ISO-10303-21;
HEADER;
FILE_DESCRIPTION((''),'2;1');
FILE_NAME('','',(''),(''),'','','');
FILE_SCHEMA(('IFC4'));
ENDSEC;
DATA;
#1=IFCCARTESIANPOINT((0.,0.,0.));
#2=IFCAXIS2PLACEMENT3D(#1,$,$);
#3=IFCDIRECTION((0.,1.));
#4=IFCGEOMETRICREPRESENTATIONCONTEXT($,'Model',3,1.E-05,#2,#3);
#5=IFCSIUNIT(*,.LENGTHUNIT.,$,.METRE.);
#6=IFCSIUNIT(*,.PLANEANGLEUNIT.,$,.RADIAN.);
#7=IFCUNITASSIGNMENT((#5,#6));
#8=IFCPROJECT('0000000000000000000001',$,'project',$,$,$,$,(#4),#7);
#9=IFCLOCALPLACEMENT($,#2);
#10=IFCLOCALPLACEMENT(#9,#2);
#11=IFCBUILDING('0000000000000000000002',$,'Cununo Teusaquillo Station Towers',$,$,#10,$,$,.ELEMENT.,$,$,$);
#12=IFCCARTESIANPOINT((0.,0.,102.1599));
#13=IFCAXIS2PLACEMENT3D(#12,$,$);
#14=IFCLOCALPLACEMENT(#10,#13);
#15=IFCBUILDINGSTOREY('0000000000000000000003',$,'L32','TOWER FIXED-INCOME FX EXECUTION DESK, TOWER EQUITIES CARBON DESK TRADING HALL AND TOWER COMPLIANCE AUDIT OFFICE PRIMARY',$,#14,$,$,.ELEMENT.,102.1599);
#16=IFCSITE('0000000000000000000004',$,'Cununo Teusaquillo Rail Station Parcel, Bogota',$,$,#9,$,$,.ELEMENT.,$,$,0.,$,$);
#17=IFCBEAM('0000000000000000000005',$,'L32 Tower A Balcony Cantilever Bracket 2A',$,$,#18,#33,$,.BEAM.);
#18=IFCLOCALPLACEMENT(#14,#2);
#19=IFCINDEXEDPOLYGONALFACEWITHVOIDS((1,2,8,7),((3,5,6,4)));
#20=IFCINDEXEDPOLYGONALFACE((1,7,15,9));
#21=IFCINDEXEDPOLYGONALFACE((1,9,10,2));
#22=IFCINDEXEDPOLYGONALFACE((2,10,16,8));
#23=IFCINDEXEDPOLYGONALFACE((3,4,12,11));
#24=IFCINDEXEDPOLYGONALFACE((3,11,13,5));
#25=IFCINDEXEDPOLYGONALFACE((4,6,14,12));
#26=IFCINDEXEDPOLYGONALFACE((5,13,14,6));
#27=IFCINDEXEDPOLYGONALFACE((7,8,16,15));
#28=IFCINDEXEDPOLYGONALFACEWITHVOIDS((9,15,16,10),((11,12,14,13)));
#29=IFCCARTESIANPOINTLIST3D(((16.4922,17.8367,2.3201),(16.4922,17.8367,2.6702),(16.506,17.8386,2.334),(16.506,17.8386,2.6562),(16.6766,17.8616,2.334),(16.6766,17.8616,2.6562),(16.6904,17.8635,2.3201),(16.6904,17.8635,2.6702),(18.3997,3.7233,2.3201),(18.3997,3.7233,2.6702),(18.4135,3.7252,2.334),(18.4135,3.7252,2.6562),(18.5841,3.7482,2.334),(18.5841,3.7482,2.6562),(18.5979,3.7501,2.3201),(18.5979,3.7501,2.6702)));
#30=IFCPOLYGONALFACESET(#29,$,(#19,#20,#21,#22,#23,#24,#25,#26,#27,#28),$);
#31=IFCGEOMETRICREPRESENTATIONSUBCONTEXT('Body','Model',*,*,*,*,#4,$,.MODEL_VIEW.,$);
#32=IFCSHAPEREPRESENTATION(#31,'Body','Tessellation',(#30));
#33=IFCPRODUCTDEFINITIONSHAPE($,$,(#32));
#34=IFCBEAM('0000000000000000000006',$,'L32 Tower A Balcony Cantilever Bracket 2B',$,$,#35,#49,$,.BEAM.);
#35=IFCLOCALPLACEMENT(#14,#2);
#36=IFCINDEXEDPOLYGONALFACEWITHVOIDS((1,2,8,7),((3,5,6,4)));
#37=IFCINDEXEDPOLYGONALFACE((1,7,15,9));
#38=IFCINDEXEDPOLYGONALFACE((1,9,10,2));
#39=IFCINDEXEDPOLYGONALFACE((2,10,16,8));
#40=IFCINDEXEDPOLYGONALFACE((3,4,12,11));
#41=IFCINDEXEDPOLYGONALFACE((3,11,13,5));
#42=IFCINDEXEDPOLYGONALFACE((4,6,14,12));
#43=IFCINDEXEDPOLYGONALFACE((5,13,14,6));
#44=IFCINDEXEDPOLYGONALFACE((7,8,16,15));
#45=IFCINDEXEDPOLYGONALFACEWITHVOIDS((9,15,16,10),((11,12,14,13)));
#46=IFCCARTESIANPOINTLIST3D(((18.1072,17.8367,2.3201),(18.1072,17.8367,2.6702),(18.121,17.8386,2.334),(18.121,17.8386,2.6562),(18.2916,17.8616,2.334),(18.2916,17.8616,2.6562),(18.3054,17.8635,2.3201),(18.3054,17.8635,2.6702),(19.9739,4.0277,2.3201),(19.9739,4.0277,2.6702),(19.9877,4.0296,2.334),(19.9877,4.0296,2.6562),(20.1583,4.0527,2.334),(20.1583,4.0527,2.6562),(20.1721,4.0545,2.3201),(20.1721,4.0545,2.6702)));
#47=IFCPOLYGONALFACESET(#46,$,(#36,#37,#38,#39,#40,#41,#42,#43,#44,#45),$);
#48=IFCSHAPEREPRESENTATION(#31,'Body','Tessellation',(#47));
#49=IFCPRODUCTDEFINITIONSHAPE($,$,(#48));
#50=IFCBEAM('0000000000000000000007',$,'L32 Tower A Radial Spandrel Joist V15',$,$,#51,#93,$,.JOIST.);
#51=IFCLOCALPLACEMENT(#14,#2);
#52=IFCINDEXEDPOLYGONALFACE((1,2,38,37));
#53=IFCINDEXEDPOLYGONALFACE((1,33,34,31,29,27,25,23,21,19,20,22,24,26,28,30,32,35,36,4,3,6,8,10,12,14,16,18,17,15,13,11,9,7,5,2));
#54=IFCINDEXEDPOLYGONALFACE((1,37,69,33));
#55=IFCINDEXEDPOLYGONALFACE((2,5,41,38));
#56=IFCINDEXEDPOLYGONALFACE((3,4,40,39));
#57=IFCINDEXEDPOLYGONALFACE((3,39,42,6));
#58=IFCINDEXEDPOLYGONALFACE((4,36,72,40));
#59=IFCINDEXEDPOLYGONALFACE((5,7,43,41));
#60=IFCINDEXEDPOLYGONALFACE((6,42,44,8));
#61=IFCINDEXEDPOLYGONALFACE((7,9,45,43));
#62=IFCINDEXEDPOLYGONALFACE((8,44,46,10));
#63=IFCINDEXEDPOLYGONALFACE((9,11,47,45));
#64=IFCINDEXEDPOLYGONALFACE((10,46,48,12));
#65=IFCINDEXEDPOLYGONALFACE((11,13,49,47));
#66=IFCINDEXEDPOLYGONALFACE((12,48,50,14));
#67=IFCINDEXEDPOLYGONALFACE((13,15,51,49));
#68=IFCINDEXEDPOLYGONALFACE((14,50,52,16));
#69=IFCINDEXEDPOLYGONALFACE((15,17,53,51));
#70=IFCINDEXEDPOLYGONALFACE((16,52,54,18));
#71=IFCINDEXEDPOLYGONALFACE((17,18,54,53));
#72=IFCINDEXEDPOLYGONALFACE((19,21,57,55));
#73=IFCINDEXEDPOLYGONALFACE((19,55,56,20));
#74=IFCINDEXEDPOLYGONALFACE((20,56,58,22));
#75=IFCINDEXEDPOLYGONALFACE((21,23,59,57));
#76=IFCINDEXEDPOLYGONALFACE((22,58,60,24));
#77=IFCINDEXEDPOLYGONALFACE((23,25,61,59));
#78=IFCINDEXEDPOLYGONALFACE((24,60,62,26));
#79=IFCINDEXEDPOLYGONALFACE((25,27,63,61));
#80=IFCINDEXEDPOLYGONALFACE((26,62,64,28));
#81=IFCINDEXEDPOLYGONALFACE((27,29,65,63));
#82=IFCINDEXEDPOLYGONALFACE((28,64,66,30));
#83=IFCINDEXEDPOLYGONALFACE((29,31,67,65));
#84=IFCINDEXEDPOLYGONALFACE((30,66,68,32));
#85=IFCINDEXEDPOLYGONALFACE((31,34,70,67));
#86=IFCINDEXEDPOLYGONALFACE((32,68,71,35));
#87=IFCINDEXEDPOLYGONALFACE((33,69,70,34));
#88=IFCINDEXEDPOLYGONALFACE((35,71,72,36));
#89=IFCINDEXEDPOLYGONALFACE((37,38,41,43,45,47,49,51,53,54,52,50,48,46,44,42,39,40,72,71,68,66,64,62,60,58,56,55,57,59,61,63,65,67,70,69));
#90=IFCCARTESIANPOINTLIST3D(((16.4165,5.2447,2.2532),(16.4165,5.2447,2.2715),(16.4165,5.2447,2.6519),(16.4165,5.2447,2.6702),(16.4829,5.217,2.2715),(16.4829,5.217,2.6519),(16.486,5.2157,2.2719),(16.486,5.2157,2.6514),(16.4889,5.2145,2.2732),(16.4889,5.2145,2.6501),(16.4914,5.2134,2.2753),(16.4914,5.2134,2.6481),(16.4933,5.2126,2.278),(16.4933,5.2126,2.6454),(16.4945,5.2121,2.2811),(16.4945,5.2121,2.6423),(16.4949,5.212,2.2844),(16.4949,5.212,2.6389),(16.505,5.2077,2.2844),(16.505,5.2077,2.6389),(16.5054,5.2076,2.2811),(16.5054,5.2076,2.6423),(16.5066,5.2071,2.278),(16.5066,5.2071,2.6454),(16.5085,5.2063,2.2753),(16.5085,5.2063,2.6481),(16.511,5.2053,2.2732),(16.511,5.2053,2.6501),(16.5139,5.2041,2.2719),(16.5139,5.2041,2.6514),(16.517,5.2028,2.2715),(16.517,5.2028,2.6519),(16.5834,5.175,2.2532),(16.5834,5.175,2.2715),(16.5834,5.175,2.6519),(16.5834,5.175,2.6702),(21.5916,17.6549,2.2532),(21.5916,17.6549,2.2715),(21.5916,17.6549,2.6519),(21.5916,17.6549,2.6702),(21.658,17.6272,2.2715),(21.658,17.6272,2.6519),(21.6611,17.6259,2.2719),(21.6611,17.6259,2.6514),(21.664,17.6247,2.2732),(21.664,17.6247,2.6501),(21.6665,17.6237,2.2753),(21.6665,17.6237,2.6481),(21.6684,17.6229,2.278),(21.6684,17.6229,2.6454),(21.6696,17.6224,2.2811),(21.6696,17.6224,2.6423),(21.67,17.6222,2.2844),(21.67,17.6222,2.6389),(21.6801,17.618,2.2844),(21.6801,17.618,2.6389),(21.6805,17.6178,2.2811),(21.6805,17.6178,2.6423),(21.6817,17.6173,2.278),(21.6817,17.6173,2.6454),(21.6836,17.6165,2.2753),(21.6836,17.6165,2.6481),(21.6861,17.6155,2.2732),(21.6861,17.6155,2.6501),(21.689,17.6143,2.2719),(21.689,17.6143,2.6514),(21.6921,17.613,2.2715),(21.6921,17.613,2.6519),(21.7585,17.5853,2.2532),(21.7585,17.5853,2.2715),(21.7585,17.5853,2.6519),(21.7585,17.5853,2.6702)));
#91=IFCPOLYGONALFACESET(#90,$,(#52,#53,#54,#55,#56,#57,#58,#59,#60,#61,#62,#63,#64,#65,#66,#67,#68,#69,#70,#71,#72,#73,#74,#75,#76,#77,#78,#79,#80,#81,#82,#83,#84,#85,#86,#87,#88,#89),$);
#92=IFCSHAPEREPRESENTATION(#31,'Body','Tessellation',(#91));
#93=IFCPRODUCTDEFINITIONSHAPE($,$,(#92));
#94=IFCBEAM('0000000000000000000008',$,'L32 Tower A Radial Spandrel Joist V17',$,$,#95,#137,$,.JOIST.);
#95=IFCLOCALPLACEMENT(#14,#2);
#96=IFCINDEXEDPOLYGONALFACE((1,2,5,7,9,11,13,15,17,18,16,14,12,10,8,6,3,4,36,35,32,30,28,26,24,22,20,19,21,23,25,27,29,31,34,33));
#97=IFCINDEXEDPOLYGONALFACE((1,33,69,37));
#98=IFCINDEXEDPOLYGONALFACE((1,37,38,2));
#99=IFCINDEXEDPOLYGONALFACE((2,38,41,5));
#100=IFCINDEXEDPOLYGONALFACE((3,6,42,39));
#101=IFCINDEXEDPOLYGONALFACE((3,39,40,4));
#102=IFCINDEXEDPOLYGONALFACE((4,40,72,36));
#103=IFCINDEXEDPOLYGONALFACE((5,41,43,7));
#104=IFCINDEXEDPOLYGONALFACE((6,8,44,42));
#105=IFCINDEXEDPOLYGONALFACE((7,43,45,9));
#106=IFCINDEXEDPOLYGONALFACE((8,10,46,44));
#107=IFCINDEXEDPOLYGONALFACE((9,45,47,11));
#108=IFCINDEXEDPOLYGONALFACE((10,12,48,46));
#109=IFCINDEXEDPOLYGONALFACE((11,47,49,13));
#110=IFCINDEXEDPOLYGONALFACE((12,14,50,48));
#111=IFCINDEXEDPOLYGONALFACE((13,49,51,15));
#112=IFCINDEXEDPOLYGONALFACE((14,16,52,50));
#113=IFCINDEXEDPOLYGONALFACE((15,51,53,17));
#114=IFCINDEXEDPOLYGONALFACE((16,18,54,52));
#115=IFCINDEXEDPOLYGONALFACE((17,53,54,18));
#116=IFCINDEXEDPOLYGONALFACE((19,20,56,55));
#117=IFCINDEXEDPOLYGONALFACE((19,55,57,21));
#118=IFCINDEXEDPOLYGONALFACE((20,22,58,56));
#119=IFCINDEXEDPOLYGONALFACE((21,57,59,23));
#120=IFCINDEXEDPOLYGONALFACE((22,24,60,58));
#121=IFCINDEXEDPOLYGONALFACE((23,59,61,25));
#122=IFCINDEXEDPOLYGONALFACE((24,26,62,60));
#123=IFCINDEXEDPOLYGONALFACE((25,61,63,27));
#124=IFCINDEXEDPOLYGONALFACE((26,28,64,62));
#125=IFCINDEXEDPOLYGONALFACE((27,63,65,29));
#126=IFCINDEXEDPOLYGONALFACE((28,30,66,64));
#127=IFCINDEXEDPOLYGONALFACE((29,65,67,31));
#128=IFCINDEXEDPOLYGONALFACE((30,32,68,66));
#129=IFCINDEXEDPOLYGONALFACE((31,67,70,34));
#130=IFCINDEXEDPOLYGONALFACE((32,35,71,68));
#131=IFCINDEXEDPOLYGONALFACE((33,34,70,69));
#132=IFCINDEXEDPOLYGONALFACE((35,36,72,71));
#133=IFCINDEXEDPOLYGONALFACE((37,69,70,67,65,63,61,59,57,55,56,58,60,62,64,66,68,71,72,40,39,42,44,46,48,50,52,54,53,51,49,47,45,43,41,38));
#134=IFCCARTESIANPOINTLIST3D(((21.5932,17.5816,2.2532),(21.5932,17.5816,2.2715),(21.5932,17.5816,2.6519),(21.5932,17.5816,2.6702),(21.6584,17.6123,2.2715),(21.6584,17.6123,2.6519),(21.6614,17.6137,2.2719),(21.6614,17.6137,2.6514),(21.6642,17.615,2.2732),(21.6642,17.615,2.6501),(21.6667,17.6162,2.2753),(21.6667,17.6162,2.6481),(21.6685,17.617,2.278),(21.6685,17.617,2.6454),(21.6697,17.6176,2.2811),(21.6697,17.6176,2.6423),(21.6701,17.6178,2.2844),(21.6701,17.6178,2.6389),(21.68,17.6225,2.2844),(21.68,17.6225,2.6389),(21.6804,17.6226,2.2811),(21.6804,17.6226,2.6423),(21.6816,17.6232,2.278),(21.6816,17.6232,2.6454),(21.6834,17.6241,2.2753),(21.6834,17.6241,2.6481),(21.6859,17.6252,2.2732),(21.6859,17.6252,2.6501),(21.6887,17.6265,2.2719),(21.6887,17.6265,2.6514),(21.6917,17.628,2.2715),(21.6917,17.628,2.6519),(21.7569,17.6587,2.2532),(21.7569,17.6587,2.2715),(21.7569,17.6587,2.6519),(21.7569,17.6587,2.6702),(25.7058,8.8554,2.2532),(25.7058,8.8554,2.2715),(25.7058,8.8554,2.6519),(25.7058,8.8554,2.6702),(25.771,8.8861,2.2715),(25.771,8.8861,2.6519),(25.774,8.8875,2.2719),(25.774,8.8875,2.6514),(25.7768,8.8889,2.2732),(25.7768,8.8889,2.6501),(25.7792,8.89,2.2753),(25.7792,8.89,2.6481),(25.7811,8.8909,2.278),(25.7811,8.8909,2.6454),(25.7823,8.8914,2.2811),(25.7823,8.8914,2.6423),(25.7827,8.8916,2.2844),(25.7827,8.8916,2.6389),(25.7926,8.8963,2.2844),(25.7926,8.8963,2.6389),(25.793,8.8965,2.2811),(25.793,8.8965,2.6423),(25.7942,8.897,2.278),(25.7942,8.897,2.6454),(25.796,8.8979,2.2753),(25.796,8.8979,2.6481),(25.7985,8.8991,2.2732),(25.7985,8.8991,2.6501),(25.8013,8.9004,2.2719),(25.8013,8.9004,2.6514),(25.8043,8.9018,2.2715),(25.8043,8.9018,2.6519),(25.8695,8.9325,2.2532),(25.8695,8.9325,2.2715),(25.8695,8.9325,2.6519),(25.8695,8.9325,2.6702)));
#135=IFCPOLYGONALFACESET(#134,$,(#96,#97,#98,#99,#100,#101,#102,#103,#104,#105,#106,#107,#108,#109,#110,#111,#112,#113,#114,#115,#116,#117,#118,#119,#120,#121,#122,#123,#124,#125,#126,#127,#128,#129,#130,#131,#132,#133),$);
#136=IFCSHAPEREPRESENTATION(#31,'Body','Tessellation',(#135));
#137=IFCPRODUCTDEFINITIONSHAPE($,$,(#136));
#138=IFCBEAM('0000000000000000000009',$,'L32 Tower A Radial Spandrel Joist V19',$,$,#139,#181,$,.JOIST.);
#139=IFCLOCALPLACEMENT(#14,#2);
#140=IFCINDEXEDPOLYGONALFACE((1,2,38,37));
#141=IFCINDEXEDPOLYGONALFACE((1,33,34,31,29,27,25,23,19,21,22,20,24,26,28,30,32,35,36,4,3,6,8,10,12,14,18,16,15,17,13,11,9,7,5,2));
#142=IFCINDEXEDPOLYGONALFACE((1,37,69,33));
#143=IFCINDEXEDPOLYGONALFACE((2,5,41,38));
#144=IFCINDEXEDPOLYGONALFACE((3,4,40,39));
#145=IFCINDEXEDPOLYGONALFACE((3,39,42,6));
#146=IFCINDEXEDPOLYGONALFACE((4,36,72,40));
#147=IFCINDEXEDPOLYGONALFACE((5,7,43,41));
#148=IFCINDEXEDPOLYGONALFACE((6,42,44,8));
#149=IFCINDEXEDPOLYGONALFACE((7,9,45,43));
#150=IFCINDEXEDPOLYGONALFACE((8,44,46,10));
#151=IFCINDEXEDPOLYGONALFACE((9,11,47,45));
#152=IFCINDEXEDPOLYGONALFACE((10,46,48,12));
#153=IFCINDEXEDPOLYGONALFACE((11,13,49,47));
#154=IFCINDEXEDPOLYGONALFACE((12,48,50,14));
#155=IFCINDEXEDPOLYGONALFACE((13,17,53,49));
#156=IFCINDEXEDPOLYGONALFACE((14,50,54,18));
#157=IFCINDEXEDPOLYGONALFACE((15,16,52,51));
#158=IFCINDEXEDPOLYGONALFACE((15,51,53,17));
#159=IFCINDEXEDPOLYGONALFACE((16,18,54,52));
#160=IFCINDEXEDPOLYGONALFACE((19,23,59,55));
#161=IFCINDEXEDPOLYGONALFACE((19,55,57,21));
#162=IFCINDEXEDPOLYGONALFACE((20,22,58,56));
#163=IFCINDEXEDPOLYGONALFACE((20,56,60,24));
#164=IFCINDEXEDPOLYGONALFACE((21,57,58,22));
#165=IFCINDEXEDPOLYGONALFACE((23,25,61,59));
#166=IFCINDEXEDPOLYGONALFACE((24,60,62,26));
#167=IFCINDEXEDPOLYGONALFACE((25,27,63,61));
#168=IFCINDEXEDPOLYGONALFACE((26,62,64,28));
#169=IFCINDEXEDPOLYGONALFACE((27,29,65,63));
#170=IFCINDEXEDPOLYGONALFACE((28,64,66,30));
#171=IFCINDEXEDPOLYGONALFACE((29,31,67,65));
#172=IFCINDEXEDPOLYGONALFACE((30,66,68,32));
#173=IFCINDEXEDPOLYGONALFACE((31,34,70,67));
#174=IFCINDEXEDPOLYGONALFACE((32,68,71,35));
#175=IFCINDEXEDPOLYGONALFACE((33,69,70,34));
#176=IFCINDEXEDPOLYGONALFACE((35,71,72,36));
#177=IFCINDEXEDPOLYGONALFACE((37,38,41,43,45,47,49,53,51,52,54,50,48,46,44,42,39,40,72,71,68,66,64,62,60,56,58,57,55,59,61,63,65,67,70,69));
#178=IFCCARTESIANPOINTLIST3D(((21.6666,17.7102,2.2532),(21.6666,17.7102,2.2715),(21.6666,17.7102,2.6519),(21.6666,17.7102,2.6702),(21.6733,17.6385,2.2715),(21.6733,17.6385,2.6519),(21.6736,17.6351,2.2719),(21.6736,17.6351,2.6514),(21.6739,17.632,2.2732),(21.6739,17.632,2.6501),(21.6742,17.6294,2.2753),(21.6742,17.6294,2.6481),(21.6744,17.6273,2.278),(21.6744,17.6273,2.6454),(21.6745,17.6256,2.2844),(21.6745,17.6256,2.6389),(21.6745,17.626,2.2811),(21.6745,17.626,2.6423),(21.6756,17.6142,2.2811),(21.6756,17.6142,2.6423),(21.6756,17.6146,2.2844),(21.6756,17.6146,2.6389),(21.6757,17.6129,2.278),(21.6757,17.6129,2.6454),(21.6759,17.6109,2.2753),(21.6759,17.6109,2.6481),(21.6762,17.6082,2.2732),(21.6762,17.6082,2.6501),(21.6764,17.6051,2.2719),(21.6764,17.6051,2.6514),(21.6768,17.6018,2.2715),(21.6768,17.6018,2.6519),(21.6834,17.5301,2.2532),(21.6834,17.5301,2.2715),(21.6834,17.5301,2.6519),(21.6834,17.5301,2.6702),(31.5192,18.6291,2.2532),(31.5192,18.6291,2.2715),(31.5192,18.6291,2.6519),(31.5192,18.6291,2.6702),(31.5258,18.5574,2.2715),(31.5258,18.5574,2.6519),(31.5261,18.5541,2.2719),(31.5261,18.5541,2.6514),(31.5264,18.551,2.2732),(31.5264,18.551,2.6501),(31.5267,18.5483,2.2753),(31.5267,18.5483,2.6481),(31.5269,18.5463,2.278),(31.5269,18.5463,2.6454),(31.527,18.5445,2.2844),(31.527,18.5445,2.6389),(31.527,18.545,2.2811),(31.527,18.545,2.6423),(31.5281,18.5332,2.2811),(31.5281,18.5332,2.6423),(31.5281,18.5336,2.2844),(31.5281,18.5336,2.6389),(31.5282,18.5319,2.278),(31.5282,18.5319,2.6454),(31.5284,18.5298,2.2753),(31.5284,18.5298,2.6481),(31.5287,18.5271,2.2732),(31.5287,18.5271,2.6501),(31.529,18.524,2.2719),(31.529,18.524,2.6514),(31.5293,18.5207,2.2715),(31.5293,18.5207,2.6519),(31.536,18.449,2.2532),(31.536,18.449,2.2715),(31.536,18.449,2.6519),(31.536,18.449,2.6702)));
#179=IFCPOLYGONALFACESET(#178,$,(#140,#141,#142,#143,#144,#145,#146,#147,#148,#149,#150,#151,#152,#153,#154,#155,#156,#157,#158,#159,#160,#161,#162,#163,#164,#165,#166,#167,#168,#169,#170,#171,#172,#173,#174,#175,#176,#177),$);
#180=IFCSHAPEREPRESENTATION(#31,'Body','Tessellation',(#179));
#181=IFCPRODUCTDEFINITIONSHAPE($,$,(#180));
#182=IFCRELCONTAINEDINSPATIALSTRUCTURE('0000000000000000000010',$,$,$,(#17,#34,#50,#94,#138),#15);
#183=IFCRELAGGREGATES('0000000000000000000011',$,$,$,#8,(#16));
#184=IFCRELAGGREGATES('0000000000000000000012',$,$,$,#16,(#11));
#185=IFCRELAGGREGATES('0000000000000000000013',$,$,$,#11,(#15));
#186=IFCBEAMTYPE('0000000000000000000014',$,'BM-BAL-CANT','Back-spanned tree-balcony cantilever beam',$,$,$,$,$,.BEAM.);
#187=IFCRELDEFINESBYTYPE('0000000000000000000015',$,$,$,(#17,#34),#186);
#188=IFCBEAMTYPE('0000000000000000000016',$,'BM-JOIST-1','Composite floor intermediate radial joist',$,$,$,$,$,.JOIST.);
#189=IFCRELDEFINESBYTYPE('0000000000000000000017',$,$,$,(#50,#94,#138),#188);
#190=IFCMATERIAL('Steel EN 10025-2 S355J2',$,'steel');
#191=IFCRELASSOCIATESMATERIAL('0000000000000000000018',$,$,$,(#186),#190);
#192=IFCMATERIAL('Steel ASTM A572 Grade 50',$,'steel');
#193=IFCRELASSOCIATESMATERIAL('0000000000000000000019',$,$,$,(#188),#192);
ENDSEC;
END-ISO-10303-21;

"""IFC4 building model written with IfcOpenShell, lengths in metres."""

from ifc_helpers import new_model, si_unit, direction, frame, origin, origin_2d, place, context, subcontext, project, spatial, hollow_rectangle, i_section, extrude, material, material_profile, profile_set, type_object, element, save


model = new_model("IFC4")

# Units and contexts
model_context = context("Model", 3, precision=1e-05, world=origin(), true_north=direction((0.0, 1.0)))
body_context = subcontext(model_context, "Body", "Model", "MODEL_VIEW")
ifc_project = project(units=[si_unit("LENGTHUNIT", "METRE"), si_unit("PLANEANGLEUNIT", "RADIAN")], contexts=[model_context])

# Site, building, storey
site_placement = place(None, origin())
site = spatial("IfcSite", under=ifc_project, at=site_placement, Name="Cununo Teusaquillo Rail Station Parcel, Bogota", CompositionType="ELEMENT", RefElevation=0.0)
building_placement = place(site_placement, origin())
building = spatial("IfcBuilding", under=site, at=building_placement, Name="Cununo Teusaquillo Station Towers", CompositionType="ELEMENT")
storey_placement = place(building_placement, frame((0.0, 0.0, 102.1599)))
storey = spatial("IfcBuildingStorey", under=building, at=storey_placement, Name="L32", Description="TOWER FIXED-INCOME FX EXECUTION DESK, TOWER EQUITIES CARBON DESK TRADING HALL AND TOWER COMPLIANCE AUDIT OFFICE PRIMARY", CompositionType="ELEMENT", Elevation=102.1599)

# Beams
ifc_material_1 = material(Name="Steel EN 10025-2 S355J2", Category="steel")
ifc_material_profile_1 = material_profile(ifc_material_1, hollow_rectangle(XDim=0.2, YDim=0.3501, WallThickness=0.0139, at=origin_2d()), Name="RHS 350x200x14")
ifc_profile_set_1 = profile_set([ifc_material_profile_1], Name="Steel EN 10025-2 S355J2")
beam_type_1 = type_object("IfcBeamType", Name="BM-BAL-CANT", Description="Back-spanned tree-balcony cantilever beam", PredefinedType="BEAM", material=ifc_profile_set_1)
beam_1_placement = place(storey_placement, frame((16.5913, 17.8501, 2.4951), z_axis=(0.133937, -0.99099, 0.0), x_axis=(0.99099, 0.133937, 0.0)))
element("IfcBeam", 1, at=beam_1_placement, inside=storey, type_object=beam_type_1, Name="L32 Tower A Balcony Cantilever Bracket 2A", PredefinedType="BEAM", context=body_context, shape_type="SweptSolid", body=[
    extrude(hollow_rectangle(XDim=0.2, YDim=0.3501, WallThickness=0.0139, at=origin_2d()), origin(), (0.0, 0.0, 1.0), 14.2417),
])
beam_2_placement = place(storey_placement, frame((18.2063, 17.8501, 2.4951), z_axis=(0.133961, -0.990987, 0.0), x_axis=(0.990987, 0.133961, 0.0)))
element("IfcBeam", 2, at=beam_2_placement, inside=storey, type_object=beam_type_1, Name="L32 Tower A Balcony Cantilever Bracket 2B", PredefinedType="BEAM", context=body_context, shape_type="SweptSolid", body=[
    extrude(hollow_rectangle(XDim=0.2, YDim=0.3501, WallThickness=0.0139, at=origin_2d()), origin(), (0.0, 0.0, 1.0), 13.9346),
])
ifc_material_2 = material(Name="Steel ASTM A572 Grade 50", Category="steel")
ifc_material_profile_2 = material_profile(ifc_material_2, i_section(OverallWidth=0.1809, OverallDepth=0.417, WebThickness=0.011, FlangeThickness=0.0183, FilletRadius=0.0129, at=origin_2d()), Name="W16X57")
ifc_profile_set_2 = profile_set([ifc_material_profile_2], Name="Steel ASTM A572 Grade 50")
beam_type_2 = type_object("IfcBeamType", Name="BM-JOIST-1", Description="Composite floor intermediate radial joist", PredefinedType="JOIST", material=ifc_profile_set_2)
beam_3_placement = place(storey_placement, frame((21.675, 17.6201, 2.4617), z_axis=(-0.384878, -0.922967, 0.0), x_axis=(0.922967, -0.384878, 0.0)))
element("IfcBeam", 3, at=beam_3_placement, inside=storey, type_object=beam_type_2, Name="L32 Tower A Radial Spandrel Joist V15", PredefinedType="JOIST", context=body_context, shape_type="SweptSolid", body=[
    extrude(i_section(OverallWidth=0.1809, OverallDepth=0.417, WebThickness=0.011, FlangeThickness=0.0183, FilletRadius=0.0129, at=origin_2d()), origin(), (0.0, 0.0, 1.0), 13.446),
])
beam_4_placement = place(storey_placement, frame((21.675, 17.6201, 2.4617), z_axis=(0.42632, -0.904572, 0.0), x_axis=(0.904572, 0.42632, 0.0)))
element("IfcBeam", 4, at=beam_4_placement, inside=storey, type_object=beam_type_2, Name="L32 Tower A Radial Spandrel Joist V17", PredefinedType="JOIST", context=body_context, shape_type="SweptSolid", body=[
    extrude(i_section(OverallWidth=0.1809, OverallDepth=0.417, WebThickness=0.011, FlangeThickness=0.0183, FilletRadius=0.0129, at=origin_2d()), origin(), (0.0, 0.0, 1.0), 9.6467),
])
beam_5_placement = place(storey_placement, frame((21.675, 17.6201, 2.4617), z_axis=(0.995679, 0.092867, 0.0), x_axis=(-0.092867, 0.995679, 0.0)))
element("IfcBeam", 5, at=beam_5_placement, inside=storey, type_object=beam_type_2, Name="L32 Tower A Radial Spandrel Joist V19", PredefinedType="JOIST", context=body_context, shape_type="SweptSolid", body=[
    extrude(i_section(OverallWidth=0.1809, OverallDepth=0.417, WebThickness=0.011, FlangeThickness=0.0183, FilletRadius=0.0129, at=origin_2d()), origin(), (0.0, 0.0, 1.0), 9.8953),
])

save(model, "model.ifc")
